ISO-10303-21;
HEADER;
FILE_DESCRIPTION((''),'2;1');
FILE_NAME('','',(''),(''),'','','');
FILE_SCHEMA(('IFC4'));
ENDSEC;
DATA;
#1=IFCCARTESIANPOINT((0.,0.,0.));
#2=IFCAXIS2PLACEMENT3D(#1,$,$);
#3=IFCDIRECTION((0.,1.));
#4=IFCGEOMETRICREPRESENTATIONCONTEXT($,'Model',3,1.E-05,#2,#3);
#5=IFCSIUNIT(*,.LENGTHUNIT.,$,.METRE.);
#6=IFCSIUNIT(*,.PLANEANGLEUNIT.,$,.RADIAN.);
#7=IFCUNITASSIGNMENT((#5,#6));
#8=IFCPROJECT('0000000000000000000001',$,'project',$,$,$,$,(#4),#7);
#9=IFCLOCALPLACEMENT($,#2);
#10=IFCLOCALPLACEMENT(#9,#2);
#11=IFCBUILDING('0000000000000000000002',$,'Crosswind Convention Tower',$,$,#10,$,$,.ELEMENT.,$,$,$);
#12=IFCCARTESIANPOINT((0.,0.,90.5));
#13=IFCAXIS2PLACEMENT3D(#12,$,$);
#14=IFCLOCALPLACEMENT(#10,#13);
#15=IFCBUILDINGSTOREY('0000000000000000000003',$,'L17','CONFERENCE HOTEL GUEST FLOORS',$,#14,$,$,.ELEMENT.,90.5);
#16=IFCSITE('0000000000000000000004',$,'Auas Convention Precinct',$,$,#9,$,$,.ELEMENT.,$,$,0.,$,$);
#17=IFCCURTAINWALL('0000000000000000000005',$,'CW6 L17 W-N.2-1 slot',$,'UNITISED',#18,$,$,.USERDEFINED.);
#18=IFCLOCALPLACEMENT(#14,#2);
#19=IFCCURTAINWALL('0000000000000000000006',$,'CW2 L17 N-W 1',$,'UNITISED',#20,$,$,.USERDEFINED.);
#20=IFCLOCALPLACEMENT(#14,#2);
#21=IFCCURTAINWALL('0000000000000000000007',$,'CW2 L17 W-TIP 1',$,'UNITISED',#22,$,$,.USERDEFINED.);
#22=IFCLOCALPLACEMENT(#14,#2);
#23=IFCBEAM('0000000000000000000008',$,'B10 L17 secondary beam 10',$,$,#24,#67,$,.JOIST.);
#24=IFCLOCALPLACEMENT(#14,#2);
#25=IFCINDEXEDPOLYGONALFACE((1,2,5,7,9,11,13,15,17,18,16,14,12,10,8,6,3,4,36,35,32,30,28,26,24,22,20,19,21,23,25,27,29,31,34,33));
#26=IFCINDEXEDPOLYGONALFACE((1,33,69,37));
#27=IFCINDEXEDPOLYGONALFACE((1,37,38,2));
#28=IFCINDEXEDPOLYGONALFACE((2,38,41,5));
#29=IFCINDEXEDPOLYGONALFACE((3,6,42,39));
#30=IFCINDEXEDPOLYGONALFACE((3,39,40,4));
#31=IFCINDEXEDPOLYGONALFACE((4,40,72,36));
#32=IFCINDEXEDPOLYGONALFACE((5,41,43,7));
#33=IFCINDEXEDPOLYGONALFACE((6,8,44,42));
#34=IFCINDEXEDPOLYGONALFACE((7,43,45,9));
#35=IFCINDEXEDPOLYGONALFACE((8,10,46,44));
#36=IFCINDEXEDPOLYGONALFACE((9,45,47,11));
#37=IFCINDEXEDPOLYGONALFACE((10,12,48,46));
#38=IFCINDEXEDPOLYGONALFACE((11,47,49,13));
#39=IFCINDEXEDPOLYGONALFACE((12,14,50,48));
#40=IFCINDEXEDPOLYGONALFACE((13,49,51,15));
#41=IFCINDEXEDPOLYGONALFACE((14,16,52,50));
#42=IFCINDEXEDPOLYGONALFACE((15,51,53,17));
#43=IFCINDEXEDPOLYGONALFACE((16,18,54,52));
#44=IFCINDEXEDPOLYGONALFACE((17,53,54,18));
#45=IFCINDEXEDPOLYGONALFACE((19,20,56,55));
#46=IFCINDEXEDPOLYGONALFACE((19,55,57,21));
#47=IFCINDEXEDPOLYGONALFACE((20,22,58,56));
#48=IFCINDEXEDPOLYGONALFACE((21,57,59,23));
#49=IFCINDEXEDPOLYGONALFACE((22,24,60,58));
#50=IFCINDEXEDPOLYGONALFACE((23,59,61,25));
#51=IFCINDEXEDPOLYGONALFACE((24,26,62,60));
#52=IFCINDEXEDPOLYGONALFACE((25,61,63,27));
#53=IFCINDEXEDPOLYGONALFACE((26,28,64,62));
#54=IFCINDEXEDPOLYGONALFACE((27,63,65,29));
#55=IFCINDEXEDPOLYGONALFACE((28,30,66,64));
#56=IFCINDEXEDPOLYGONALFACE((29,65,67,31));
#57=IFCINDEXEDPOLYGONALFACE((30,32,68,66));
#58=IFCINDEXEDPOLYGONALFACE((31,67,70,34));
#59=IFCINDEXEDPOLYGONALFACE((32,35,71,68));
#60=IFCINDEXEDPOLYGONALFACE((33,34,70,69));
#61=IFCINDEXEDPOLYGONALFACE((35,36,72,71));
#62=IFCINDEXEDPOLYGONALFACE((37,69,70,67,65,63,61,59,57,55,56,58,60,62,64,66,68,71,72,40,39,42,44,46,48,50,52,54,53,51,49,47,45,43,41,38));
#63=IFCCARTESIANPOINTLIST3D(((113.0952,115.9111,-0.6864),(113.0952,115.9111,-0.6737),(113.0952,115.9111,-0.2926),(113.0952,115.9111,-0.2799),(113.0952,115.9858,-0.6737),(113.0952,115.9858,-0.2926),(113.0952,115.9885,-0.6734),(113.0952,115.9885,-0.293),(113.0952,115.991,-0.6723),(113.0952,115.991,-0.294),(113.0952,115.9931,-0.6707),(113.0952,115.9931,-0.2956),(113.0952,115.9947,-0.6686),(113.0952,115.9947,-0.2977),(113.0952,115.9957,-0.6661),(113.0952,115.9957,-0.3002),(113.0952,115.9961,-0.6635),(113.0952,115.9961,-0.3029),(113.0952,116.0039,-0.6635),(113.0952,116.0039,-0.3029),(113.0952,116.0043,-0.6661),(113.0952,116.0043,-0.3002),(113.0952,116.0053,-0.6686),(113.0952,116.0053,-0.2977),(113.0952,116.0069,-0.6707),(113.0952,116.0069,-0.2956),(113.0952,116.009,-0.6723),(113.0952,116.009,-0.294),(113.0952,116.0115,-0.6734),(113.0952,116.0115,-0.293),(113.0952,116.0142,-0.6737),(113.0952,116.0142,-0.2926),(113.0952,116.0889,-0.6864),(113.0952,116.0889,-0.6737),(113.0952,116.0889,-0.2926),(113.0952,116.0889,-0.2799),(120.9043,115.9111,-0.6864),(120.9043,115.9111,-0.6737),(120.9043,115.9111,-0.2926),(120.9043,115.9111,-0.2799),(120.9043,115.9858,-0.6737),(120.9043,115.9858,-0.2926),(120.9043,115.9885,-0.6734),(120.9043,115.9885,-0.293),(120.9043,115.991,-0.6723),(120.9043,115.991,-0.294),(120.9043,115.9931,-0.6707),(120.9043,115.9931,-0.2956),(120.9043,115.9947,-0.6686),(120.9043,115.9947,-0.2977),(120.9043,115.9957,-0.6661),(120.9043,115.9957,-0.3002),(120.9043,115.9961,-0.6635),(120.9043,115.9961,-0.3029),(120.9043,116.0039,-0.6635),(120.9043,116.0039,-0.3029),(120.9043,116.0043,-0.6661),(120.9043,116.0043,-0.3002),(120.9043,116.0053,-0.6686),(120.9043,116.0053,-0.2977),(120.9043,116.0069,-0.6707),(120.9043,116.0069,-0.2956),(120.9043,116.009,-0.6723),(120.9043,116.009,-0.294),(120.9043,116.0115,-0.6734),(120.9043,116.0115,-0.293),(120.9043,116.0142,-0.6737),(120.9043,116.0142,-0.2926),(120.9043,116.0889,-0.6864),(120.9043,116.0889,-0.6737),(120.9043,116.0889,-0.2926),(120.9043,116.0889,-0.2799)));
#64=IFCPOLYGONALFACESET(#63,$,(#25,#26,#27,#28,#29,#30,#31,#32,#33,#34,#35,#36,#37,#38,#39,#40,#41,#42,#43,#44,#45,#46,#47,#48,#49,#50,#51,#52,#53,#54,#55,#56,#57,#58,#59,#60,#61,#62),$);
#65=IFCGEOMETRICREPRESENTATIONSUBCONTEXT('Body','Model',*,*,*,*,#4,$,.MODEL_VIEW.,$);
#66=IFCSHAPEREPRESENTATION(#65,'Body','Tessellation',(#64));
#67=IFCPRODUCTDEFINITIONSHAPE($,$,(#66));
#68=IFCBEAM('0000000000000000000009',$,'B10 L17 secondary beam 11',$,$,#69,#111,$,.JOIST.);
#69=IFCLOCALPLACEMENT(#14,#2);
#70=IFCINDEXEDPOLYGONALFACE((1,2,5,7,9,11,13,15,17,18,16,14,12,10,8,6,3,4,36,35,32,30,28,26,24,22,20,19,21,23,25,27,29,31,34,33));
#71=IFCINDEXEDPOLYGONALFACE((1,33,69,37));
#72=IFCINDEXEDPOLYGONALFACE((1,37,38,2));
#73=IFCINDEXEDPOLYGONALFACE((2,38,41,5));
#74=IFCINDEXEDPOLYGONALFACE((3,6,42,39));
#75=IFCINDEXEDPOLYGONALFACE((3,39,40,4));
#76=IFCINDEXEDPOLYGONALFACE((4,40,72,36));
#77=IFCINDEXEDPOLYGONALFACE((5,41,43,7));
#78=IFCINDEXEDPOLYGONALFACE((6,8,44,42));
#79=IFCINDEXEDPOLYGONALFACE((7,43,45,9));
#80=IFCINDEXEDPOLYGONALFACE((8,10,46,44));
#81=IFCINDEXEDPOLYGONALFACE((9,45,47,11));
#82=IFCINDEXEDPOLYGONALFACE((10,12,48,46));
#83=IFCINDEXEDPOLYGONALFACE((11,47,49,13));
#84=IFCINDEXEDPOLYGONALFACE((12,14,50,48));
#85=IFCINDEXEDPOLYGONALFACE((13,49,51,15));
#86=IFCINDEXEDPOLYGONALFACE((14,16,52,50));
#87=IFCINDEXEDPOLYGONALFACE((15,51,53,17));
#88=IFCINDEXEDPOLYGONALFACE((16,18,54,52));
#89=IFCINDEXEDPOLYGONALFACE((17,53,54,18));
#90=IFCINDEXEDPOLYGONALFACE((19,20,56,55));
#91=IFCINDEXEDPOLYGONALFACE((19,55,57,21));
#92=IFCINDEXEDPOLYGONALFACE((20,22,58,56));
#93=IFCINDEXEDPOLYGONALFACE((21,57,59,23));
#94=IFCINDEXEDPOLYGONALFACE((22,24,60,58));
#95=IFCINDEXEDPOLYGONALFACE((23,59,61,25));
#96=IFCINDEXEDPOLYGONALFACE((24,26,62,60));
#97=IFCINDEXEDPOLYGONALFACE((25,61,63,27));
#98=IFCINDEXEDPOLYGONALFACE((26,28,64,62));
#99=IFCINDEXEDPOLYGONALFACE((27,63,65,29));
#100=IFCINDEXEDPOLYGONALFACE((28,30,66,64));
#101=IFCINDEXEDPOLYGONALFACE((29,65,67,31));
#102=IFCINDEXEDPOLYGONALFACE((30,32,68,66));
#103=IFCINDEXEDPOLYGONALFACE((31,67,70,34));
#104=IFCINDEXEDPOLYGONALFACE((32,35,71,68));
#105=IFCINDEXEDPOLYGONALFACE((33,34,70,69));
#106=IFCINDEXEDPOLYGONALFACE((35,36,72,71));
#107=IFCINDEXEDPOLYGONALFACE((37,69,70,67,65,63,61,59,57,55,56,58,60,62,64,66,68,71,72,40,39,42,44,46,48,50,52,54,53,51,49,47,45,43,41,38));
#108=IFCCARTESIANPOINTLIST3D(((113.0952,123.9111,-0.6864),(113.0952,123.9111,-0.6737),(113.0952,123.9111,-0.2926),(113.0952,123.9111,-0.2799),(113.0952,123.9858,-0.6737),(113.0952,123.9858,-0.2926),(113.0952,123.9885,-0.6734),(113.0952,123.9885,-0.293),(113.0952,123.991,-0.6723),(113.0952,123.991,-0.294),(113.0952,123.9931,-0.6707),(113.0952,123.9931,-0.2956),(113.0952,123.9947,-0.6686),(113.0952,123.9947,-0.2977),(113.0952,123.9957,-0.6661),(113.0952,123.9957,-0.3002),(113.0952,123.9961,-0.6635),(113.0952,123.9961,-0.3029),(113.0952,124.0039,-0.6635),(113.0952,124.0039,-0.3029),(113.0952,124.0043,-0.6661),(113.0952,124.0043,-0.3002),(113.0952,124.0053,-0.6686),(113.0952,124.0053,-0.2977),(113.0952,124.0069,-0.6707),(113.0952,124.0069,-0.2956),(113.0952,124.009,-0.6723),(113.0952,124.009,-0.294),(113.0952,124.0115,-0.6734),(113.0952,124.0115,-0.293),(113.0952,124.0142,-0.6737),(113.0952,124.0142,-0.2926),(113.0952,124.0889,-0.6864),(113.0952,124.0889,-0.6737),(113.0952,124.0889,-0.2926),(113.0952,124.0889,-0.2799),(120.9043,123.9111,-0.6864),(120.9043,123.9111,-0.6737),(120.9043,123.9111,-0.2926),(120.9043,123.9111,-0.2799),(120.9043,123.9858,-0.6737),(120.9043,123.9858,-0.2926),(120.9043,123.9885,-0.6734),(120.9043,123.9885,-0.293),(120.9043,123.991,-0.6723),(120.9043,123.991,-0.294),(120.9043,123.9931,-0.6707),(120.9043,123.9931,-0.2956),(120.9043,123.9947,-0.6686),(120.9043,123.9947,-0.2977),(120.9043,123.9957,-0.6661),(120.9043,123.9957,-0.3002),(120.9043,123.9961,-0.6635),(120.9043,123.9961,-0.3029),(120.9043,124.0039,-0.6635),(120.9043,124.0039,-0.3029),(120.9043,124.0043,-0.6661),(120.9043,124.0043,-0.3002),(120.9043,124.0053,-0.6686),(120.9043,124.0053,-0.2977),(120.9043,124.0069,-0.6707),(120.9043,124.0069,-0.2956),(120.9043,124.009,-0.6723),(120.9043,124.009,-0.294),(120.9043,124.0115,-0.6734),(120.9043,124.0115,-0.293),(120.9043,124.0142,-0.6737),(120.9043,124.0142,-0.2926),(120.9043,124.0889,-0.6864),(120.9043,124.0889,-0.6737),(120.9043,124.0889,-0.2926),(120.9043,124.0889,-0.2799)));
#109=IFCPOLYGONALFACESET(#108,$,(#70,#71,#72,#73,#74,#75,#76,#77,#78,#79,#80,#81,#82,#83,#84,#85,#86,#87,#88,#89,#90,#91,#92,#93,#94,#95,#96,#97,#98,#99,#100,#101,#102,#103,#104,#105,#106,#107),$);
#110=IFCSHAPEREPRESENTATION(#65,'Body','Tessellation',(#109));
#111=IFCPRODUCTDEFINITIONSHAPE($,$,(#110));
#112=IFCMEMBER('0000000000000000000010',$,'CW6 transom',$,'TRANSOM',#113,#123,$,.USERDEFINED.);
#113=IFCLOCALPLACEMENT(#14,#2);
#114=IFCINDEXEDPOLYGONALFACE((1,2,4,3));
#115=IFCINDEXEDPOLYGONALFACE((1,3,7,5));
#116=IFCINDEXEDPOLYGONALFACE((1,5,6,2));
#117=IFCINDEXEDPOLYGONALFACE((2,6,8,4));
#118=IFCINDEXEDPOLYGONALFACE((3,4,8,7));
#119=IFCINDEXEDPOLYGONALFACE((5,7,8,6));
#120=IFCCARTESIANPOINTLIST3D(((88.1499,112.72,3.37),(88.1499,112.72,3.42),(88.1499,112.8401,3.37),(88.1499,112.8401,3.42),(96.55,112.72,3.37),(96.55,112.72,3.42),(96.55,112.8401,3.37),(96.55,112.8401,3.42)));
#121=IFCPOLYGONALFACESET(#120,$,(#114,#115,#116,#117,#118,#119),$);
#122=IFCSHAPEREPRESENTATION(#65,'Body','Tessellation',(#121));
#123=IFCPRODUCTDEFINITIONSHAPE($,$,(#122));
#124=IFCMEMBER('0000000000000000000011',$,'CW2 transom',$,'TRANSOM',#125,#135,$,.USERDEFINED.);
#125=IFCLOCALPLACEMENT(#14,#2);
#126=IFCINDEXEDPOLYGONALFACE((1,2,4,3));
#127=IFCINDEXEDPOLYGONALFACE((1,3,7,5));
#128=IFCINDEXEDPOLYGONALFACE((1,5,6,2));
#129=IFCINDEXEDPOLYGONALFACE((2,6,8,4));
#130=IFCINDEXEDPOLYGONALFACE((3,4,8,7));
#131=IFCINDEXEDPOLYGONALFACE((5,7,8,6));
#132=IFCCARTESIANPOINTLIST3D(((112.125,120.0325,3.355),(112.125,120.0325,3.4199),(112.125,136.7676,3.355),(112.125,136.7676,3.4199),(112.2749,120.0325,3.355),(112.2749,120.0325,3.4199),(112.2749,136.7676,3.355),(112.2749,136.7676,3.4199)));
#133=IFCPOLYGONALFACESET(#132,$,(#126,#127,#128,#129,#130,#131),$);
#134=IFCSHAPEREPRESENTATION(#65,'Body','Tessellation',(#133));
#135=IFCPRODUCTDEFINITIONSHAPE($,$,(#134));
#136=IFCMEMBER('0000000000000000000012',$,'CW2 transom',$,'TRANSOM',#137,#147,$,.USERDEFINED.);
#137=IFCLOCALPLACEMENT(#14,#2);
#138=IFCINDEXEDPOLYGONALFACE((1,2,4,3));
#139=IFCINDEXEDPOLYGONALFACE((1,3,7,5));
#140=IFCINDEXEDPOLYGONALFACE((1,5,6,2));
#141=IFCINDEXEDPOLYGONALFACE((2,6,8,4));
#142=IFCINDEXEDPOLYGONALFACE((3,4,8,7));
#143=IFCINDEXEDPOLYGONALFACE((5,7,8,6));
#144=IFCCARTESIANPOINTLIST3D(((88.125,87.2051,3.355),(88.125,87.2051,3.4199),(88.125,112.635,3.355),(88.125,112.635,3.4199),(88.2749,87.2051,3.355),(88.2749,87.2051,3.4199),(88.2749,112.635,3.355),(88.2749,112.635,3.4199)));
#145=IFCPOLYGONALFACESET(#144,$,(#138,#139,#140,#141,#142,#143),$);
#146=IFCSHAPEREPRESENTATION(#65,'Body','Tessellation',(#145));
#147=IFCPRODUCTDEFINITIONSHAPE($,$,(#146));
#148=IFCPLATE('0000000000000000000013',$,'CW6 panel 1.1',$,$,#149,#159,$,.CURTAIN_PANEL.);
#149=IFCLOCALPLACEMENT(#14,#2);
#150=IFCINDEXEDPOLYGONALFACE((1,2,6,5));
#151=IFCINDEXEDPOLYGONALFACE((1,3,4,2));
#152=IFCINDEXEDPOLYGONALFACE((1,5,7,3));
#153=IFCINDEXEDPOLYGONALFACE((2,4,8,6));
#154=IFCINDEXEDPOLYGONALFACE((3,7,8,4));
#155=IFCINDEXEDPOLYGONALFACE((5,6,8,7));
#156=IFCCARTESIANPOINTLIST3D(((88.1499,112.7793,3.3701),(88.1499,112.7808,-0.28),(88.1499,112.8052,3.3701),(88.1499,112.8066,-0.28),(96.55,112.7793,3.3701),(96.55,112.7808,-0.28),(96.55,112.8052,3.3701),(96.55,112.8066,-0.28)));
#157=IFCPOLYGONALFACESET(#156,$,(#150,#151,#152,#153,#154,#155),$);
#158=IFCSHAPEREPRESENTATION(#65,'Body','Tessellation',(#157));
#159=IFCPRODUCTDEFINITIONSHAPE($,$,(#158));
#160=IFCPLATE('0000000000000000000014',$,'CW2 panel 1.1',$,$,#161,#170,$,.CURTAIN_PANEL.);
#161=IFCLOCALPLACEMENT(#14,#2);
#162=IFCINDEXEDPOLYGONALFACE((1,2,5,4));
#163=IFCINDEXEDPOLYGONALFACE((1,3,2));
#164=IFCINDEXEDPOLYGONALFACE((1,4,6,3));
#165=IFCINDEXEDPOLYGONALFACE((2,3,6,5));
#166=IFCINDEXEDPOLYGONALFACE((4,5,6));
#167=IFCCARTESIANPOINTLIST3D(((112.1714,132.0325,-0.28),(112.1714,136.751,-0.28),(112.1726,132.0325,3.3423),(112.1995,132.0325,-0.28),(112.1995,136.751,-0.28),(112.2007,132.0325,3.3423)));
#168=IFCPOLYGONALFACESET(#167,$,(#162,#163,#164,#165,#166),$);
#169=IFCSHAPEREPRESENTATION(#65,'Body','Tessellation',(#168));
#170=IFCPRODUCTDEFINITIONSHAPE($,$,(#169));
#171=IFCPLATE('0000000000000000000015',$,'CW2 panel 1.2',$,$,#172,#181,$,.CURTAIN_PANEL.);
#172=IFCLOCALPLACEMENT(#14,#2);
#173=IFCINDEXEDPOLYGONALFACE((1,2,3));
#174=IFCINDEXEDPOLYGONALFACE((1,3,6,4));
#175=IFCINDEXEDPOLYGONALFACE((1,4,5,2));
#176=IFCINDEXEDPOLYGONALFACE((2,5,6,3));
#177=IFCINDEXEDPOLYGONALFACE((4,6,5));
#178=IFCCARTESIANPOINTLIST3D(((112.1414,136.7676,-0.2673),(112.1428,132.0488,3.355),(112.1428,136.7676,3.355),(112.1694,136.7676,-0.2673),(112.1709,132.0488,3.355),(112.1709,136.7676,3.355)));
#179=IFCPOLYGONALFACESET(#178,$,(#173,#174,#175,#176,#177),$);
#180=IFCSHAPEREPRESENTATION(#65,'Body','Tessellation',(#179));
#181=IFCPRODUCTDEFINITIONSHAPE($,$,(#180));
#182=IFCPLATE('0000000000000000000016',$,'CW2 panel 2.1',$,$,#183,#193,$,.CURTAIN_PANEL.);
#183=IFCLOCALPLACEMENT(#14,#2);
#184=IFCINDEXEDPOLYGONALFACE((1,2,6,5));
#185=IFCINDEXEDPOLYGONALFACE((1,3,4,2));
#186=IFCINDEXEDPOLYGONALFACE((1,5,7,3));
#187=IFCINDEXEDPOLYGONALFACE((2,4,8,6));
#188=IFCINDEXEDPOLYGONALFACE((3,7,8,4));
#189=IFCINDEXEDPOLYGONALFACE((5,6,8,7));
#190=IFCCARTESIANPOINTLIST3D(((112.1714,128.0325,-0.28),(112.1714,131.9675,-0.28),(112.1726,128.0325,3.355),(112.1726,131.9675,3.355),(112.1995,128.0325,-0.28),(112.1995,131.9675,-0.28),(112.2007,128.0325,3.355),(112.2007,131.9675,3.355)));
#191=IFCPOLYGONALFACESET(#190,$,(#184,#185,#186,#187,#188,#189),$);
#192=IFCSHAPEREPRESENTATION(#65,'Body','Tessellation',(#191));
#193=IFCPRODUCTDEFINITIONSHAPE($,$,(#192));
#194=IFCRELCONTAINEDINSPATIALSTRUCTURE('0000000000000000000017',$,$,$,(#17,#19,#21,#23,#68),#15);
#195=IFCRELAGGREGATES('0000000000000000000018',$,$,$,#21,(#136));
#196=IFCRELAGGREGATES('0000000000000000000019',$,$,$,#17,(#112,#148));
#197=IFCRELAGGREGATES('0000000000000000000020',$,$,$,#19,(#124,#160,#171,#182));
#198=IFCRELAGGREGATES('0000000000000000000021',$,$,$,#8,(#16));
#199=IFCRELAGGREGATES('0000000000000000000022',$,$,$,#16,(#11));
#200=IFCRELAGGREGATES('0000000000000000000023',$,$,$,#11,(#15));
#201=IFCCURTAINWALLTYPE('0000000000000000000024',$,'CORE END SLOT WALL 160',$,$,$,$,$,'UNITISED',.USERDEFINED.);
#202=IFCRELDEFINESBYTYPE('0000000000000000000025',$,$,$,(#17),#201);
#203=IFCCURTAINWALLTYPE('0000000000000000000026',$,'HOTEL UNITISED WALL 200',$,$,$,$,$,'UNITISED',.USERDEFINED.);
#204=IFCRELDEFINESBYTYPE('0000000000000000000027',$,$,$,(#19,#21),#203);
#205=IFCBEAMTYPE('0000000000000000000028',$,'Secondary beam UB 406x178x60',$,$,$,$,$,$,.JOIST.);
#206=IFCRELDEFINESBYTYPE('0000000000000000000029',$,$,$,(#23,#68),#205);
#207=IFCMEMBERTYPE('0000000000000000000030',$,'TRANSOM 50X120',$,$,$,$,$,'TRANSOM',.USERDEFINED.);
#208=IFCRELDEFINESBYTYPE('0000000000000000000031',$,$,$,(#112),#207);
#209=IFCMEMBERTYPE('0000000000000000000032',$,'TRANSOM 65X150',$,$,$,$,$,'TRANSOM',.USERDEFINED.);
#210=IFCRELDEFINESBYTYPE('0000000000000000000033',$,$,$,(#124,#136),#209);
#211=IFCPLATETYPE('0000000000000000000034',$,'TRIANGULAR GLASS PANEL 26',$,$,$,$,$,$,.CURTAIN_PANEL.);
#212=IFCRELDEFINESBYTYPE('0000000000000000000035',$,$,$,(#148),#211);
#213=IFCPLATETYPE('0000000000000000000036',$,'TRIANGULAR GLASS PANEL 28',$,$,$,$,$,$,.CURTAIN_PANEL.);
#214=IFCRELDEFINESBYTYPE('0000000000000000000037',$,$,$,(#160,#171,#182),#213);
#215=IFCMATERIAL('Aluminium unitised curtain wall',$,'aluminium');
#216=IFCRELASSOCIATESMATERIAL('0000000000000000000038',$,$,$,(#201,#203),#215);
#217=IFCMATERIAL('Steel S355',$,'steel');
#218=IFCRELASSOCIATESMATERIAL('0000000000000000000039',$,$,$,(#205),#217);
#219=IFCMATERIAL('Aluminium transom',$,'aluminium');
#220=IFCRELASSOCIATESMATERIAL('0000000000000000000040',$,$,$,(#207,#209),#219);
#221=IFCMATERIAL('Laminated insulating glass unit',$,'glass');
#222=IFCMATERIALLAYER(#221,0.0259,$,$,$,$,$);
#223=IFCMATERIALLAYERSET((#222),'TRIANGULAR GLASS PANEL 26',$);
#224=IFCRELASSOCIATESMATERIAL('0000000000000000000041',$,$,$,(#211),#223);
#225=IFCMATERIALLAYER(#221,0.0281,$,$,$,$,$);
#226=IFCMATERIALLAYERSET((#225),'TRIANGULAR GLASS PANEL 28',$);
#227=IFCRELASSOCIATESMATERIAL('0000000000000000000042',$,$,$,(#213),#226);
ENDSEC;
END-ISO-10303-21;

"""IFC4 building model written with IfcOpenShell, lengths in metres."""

from ifc_helpers import new_model, si_unit, direction, frame, origin, origin_2d, place, context, subcontext, project, spatial, polyline, rectangle, i_section, outline, extrude, material, layer, layer_set, material_profile, profile_set, type_object, element, aggregate, save


model = new_model("IFC4")

# Units and contexts
model_context = context("Model", 3, precision=1e-05, world=origin(), true_north=direction((0.0, 1.0)))
body_context = subcontext(model_context, "Body", "Model", "MODEL_VIEW")
ifc_project = project(units=[si_unit("LENGTHUNIT", "METRE"), si_unit("PLANEANGLEUNIT", "RADIAN")], contexts=[model_context])

# Site, building, storey
site_placement = place(None, origin())
site = spatial("IfcSite", under=ifc_project, at=site_placement, Name="Auas Convention Precinct", CompositionType="ELEMENT", RefElevation=0.0)
building_placement = place(site_placement, origin())
building = spatial("IfcBuilding", under=site, at=building_placement, Name="Crosswind Convention Tower", CompositionType="ELEMENT")
storey_placement = place(building_placement, frame((0.0, 0.0, 90.5)))
storey = spatial("IfcBuildingStorey", under=building, at=storey_placement, Name="L17", Description="CONFERENCE HOTEL GUEST FLOORS", CompositionType="ELEMENT", Elevation=90.5)

# Shared definitions
ifc_material_1 = material(Name="Steel S355", Category="steel")

# Curtain wall
ifc_material_2 = material(Name="Aluminium unitised curtain wall", Category="aluminium")
curtain_wall_type_1 = type_object("IfcCurtainWallType", Name="CORE END SLOT WALL 160", ElementType="UNITISED", PredefinedType="USERDEFINED", material=ifc_material_2)
curtain_wall_1_placement = place(storey_placement, origin())
curtain_wall_1 = element("IfcCurtainWall", 1, at=curtain_wall_1_placement, inside=storey, type_object=curtain_wall_type_1, Name="CW6 L17 W-N.2-1 slot", ObjectType="UNITISED", PredefinedType="USERDEFINED")

# Shared definitions
curtain_wall_type_2 = type_object("IfcCurtainWallType", Name="HOTEL UNITISED WALL 200", ElementType="UNITISED", PredefinedType="USERDEFINED", material=ifc_material_2)

# Curtain wall
curtain_wall_2_placement = place(storey_placement, origin())
curtain_wall_2 = element("IfcCurtainWall", 2, at=curtain_wall_2_placement, inside=storey, type_object=curtain_wall_type_2, Name="CW2 L17 N-W 1", ObjectType="UNITISED", PredefinedType="USERDEFINED")

# Curtain wall
curtain_wall_3_placement = place(storey_placement, origin())
curtain_wall_3 = element("IfcCurtainWall", 3, at=curtain_wall_3_placement, inside=storey, type_object=curtain_wall_type_2, Name="CW2 L17 W-TIP 1", ObjectType="UNITISED", PredefinedType="USERDEFINED")

# Beams
ifc_material_profile_1 = material_profile(ifc_material_1, i_section(OverallWidth=0.1777, OverallDepth=0.4065, WebThickness=0.0078, FlangeThickness=0.0127, FilletRadius=0.0103, at=origin_2d()), Name="UB 406x178x60")
ifc_profile_set_1 = profile_set([ifc_material_profile_1], Name="Steel S355")
beam_type_1 = type_object("IfcBeamType", Name="Secondary beam UB 406x178x60", PredefinedType="JOIST", material=ifc_profile_set_1)
for number, where, z_axis, x_axis, name in (
    (4, (113.0952, 116.0, -0.4832), (1.0, 0.0, 0.0), (0.0, 1.0, 0.0), "B10 L17 secondary beam 10"),
    (5, (113.0952, 124.0, -0.4832), (1.0, 0.0, 0.0), (0.0, 1.0, 0.0), "B10 L17 secondary beam 11"),
):
    element("IfcBeam", number, at=place(storey_placement, frame(where, z_axis=z_axis, x_axis=x_axis)), inside=storey, type_object=beam_type_1, Name=name, PredefinedType="JOIST", context=body_context, shape_type="SweptSolid", body=[
        extrude(i_section(OverallWidth=0.1777, OverallDepth=0.4065, WebThickness=0.0078, FlangeThickness=0.0127, FilletRadius=0.0103, at=origin_2d()), origin(), (0.0, 0.0, 1.0), 7.8091),
    ])

# Members
ifc_material_3 = material(Name="Aluminium transom", Category="aluminium")
ifc_material_profile_2 = material_profile(ifc_material_3, rectangle(XDim=0.1201, YDim=0.05, at=origin_2d()), Name="AL 120X50")
ifc_profile_set_2 = profile_set([ifc_material_profile_2], Name="Aluminium transom")
member_type_1 = type_object("IfcMemberType", Name="TRANSOM 50X120", ElementType="TRANSOM", PredefinedType="USERDEFINED", material=ifc_profile_set_2)
member_1_placement = place(storey_placement, frame((96.55, 112.78, 3.395), z_axis=(-1.0, 0.0, 0.0), x_axis=(0.0, -1.0, 0.0)))
member_1 = element("IfcMember", 6, at=member_1_placement, type_object=member_type_1, Name="CW6 transom", ObjectType="TRANSOM", PredefinedType="USERDEFINED", context=body_context, shape_type="SweptSolid", body=[
    extrude(rectangle(XDim=0.1201, YDim=0.05, at=origin_2d()), origin(), (0.0, 0.0, 1.0), 8.4001),
])
ifc_material_profile_3 = material_profile(ifc_material_3, rectangle(XDim=0.1499, YDim=0.0649, at=origin_2d()), Name="AL 150X65")
ifc_profile_set_3 = profile_set([ifc_material_profile_3], Name="Aluminium transom")
member_type_2 = type_object("IfcMemberType", Name="TRANSOM 65X150", ElementType="TRANSOM", PredefinedType="USERDEFINED", material=ifc_profile_set_3)
member_2_placement = place(storey_placement, frame((112.2, 136.7676, 3.3875), z_axis=(0.0, -1.0, 0.0), x_axis=(1.0, 0.0, 0.0)))
member_2 = element("IfcMember", 7, at=member_2_placement, type_object=member_type_2, Name="CW2 transom", ObjectType="TRANSOM", PredefinedType="USERDEFINED", context=body_context, shape_type="SweptSolid", body=[
    extrude(rectangle(XDim=0.1499, YDim=0.0649, at=origin_2d()), origin(), (0.0, 0.0, 1.0), 16.7351),
])
member_3_placement = place(storey_placement, frame((88.2, 112.635, 3.3875), z_axis=(0.0, -1.0, 0.0), x_axis=(1.0, 0.0, 0.0)))
member_3 = element("IfcMember", 8, at=member_3_placement, type_object=member_type_2, Name="CW2 transom", ObjectType="TRANSOM", PredefinedType="USERDEFINED", context=body_context, shape_type="SweptSolid", body=[
    extrude(rectangle(XDim=0.1499, YDim=0.0649, at=origin_2d()), origin(), (0.0, 0.0, 1.0), 25.4299),
])
aggregate(curtain_wall_3, [member_3])

# Plates
ifc_material_4 = material(Name="Laminated insulating glass unit", Category="glass")
ifc_layer_1 = layer(ifc_material_4, 0.0259)
ifc_layer_set_1 = layer_set([ifc_layer_1], Name="TRIANGULAR GLASS PANEL 26")
plate_type_1 = type_object("IfcPlateType", Name="TRIANGULAR GLASS PANEL 26", PredefinedType="CURTAIN_PANEL", material=ifc_layer_set_1)
plate_1_placement = place(storey_placement, frame((96.55, 112.8066, -0.28), z_axis=(0.0, 1.0, 0.000401), x_axis=(-1.0, 0.0, 0.0)))
plate_1 = element("IfcPlate", 9, at=plate_1_placement, type_object=plate_type_1, Name="CW6 panel 1.1", PredefinedType="CURTAIN_PANEL", context=body_context, shape_type="SweptSolid", body=[
    extrude(outline(polyline([(0.0, 0.0), (8.4001, 0.0), (8.4001, 3.6501), (0.0, 3.6501), (0.0, 0.0)])), origin(), (0.0, 0.0, -1.0), 0.0259),
])
aggregate(curtain_wall_1, [member_1, plate_1])
ifc_layer_2 = layer(ifc_material_4, 0.0281)
ifc_layer_set_2 = layer_set([ifc_layer_2], Name="TRIANGULAR GLASS PANEL 28")
plate_type_2 = type_object("IfcPlateType", Name="TRIANGULAR GLASS PANEL 28", PredefinedType="CURTAIN_PANEL", material=ifc_layer_set_2)
plate_2_placement = place(storey_placement, frame((112.1714, 132.0325, -0.28), z_axis=(-1.0, 0.0, 0.000337), x_axis=(0.000337, 0.0, 1.0)))
plate_2 = element("IfcPlate", 10, at=plate_2_placement, type_object=plate_type_2, Name="CW2 panel 1.1", PredefinedType="CURTAIN_PANEL", context=body_context, shape_type="SweptSolid", body=[
    extrude(outline(polyline([(0.0, 0.0), (3.6223, 0.0), (0.0, 4.7185), (0.0, 0.0)])), origin(), (0.0, 0.0, -1.0), 0.0281),
])
plate_3_placement = place(storey_placement, frame((112.1428, 136.7676, 3.355), z_axis=(-1.0, 0.0, 0.000404), x_axis=(-0.000404, 0.0, -1.0)))
plate_3 = element("IfcPlate", 11, at=plate_3_placement, type_object=plate_type_2, Name="CW2 panel 1.2", PredefinedType="CURTAIN_PANEL", context=body_context, shape_type="SweptSolid", body=[
    extrude(outline(polyline([(0.0, 0.0), (3.6223, 0.0), (0.0, 4.7188), (0.0, 0.0)])), origin(), (0.0, 0.0, -1.0), 0.0281),
])
plate_4_placement = place(storey_placement, frame((112.1714, 131.9675, -0.28), z_axis=(-1.0, 0.0, 0.000336), x_axis=(0.0, -1.0, 0.0)))
plate_4 = element("IfcPlate", 12, at=plate_4_placement, type_object=plate_type_2, Name="CW2 panel 2.1", PredefinedType="CURTAIN_PANEL", context=body_context, shape_type="SweptSolid", body=[
    extrude(outline(polyline([(0.0, 0.0), (3.9351, 0.0), (3.9351, 3.635), (0.0, 3.635), (0.0, 0.0)])), origin(), (0.0, 0.0, -1.0), 0.0281),
])

aggregate(curtain_wall_2, [member_2, plate_2, plate_3, plate_4])

save(model, "model.ifc")
